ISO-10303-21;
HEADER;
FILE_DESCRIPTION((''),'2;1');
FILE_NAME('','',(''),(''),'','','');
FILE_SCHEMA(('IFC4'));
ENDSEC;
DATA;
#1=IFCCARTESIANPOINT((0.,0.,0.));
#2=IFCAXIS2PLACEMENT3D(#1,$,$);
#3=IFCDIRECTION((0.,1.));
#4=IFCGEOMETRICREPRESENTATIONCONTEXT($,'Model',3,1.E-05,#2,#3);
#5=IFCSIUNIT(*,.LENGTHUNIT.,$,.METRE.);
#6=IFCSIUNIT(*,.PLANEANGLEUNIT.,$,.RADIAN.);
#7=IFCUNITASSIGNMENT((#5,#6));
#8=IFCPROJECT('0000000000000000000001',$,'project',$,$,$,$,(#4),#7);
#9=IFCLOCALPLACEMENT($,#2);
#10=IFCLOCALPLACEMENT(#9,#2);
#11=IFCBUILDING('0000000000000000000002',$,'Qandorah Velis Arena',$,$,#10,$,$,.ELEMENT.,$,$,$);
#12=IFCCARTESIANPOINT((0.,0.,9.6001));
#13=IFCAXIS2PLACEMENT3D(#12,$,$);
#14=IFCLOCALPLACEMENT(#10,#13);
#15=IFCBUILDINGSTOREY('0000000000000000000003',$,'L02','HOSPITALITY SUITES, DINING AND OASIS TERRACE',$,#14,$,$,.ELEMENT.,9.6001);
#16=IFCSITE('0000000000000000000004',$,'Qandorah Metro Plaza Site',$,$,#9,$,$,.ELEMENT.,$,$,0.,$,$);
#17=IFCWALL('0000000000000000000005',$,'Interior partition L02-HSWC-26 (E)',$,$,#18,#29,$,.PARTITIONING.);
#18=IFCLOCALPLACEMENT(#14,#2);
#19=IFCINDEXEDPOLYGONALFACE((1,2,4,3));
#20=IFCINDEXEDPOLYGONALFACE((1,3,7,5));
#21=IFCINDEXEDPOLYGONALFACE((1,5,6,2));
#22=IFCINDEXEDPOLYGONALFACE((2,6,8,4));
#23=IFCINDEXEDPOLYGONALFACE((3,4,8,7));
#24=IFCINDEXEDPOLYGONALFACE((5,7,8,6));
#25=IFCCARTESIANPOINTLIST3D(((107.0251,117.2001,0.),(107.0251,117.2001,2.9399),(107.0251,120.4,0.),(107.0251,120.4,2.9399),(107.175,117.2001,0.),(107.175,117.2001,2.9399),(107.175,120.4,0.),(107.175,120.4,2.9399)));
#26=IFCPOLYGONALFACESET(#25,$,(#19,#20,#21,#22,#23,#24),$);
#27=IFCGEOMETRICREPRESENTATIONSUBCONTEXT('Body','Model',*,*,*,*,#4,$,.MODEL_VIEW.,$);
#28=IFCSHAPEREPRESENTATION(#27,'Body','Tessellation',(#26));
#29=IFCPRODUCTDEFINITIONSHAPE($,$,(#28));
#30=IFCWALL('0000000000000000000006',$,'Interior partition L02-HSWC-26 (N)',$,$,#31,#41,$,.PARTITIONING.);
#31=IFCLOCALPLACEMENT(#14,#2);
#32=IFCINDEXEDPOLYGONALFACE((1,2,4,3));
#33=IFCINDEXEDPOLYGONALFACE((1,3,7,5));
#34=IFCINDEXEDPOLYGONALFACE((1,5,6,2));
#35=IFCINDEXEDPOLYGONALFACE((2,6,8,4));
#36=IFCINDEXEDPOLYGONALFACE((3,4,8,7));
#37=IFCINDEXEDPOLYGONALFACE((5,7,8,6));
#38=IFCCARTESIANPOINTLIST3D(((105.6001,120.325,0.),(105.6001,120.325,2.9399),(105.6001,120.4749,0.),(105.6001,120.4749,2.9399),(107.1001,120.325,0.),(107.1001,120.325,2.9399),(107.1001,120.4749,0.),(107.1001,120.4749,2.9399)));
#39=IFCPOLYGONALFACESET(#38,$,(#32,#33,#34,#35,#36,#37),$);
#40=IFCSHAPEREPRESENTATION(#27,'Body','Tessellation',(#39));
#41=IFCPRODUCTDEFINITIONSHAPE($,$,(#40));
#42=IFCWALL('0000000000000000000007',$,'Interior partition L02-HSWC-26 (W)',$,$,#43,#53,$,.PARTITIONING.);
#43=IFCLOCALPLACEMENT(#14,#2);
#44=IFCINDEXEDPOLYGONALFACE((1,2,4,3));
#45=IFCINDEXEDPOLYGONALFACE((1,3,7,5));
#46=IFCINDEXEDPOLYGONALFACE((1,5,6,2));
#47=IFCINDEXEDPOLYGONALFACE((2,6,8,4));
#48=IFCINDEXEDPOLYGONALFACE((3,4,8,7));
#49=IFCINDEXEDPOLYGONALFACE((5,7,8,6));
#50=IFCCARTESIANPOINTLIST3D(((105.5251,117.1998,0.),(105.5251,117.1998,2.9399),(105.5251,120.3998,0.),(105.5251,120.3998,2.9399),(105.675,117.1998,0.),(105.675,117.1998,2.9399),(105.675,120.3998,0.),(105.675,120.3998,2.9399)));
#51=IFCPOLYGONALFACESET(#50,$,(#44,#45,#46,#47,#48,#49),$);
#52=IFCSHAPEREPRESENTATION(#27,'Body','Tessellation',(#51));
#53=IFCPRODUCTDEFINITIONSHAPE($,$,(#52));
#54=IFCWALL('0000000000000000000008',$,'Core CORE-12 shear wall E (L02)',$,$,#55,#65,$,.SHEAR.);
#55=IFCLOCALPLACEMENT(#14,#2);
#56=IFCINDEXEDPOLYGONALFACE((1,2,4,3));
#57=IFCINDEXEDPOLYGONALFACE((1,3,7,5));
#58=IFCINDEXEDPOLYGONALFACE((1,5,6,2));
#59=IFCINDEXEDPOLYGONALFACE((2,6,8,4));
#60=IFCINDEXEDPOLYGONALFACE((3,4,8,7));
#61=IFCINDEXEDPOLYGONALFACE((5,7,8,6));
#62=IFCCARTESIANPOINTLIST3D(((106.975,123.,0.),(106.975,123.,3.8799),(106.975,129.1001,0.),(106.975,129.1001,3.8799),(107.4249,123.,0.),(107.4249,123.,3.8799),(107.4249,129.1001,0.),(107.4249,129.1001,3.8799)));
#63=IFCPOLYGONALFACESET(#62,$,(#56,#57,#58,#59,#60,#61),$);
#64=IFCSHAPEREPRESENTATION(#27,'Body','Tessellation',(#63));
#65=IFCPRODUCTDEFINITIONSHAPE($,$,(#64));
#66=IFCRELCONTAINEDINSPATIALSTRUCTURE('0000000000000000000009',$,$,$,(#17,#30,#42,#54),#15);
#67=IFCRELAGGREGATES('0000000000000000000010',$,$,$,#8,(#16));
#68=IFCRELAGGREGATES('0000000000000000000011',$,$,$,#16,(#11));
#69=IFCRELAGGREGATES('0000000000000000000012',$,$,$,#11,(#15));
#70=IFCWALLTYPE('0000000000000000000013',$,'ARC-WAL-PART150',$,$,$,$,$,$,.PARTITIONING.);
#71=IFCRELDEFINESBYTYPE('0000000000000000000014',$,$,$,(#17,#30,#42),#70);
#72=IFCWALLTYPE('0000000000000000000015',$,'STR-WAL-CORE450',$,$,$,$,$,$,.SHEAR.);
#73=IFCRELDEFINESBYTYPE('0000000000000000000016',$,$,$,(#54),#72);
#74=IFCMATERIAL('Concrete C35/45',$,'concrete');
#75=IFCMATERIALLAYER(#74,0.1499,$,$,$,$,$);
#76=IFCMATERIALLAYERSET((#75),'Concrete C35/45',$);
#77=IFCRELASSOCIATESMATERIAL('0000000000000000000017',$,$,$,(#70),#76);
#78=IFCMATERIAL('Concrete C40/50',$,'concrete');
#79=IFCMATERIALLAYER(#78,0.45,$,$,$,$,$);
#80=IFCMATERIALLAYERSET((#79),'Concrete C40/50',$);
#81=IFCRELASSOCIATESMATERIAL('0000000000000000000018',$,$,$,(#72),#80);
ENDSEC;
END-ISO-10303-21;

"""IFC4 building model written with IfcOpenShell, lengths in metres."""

from ifc_helpers import new_model, si_unit, direction, frame, frame_2d, origin, place, context, subcontext, project, spatial, rectangle, extrude, material, layer, layer_set, type_object, element, save


model = new_model("IFC4")

# Units and contexts
model_context = context("Model", 3, precision=1e-05, world=origin(), true_north=direction((0.0, 1.0)))
body_context = subcontext(model_context, "Body", "Model", "MODEL_VIEW")
ifc_project = project(units=[si_unit("LENGTHUNIT", "METRE"), si_unit("PLANEANGLEUNIT", "RADIAN")], contexts=[model_context])

# Site, building, storey
site_placement = place(None, origin())
site = spatial("IfcSite", under=ifc_project, at=site_placement, Name="Qandorah Metro Plaza Site", CompositionType="ELEMENT", RefElevation=0.0)
building_placement = place(site_placement, origin())
building = spatial("IfcBuilding", under=site, at=building_placement, Name="Qandorah Velis Arena", CompositionType="ELEMENT")
storey_placement = place(building_placement, frame((0.0, 0.0, 9.6001)))
storey = spatial("IfcBuildingStorey", under=building, at=storey_placement, Name="L02", Description="HOSPITALITY SUITES, DINING AND OASIS TERRACE", CompositionType="ELEMENT", Elevation=9.6001)

# Shared definitions
ifc_material_1 = material(Name="Concrete C40/50", Category="concrete")

# Shared definitions
ifc_material_2 = material(Name="Concrete C35/45", Category="concrete")
ifc_layer_1 = layer(ifc_material_2, 0.1499)
ifc_layer_set_1 = layer_set([ifc_layer_1], Name="Concrete C35/45")
wall_type_1 = type_object("IfcWallType", Name="ARC-WAL-PART150", PredefinedType="PARTITIONING", material=ifc_layer_set_1)

# Walls
wall_1_placement = place(storey_placement, frame((107.1001, 117.2, 0.0), z_axis=(0.0, 0.0, 1.0), x_axis=(0.0, 1.0, 0.0)))
element("IfcWall", 1, at=wall_1_placement, inside=storey, type_object=wall_type_1, Name="Interior partition L02-HSWC-26 (E)", PredefinedType="PARTITIONING", context=body_context, shape_type="SweptSolid", body=[
    extrude(rectangle(XDim=3.2, YDim=0.1499, at=frame_2d((1.6001, 0.0))), origin(), (0.0, 0.0, 1.0), 2.9399),
])
wall_2_placement = place(storey_placement, frame((107.1001, 120.3999, 0.0), z_axis=(0.0, 0.0, 1.0), x_axis=(-1.0, 0.0, 0.0)))
element("IfcWall", 2, at=wall_2_placement, inside=storey, type_object=wall_type_1, Name="Interior partition L02-HSWC-26 (N)", PredefinedType="PARTITIONING", context=body_context, shape_type="SweptSolid", body=[
    extrude(rectangle(XDim=1.5, YDim=0.1499, at=frame_2d((0.75, 0.0))), origin(), (0.0, 0.0, 1.0), 2.9399),
])
wall_3_placement = place(storey_placement, frame((105.6001, 120.3999, 0.0), z_axis=(0.0, 0.0, 1.0), x_axis=(0.0, -1.0, 0.0)))
element("IfcWall", 3, at=wall_3_placement, inside=storey, type_object=wall_type_1, Name="Interior partition L02-HSWC-26 (W)", PredefinedType="PARTITIONING", context=body_context, shape_type="SweptSolid", body=[
    extrude(rectangle(XDim=3.2, YDim=0.1499, at=frame_2d((1.6001, 0.0))), origin(), (0.0, 0.0, 1.0), 2.9399),
])
ifc_layer_2 = layer(ifc_material_1, 0.45)
ifc_layer_set_2 = layer_set([ifc_layer_2], Name="Concrete C40/50")
wall_type_2 = type_object("IfcWallType", Name="STR-WAL-CORE450", PredefinedType="SHEAR", material=ifc_layer_set_2)
wall_4_placement = place(storey_placement, frame((107.2, 123.0, 0.0), z_axis=(0.0, 0.0, 1.0), x_axis=(0.0, 1.0, 0.0)))
element("IfcWall", 4, at=wall_4_placement, inside=storey, type_object=wall_type_2, Name="Core CORE-12 shear wall E (L02)", PredefinedType="SHEAR", context=body_context, shape_type="SweptSolid", body=[
    extrude(rectangle(XDim=6.1001, YDim=0.45, at=frame_2d((3.05, 0.0))), origin(), (0.0, 0.0, 1.0), 3.8799),
])

save(model, "model.ifc")
